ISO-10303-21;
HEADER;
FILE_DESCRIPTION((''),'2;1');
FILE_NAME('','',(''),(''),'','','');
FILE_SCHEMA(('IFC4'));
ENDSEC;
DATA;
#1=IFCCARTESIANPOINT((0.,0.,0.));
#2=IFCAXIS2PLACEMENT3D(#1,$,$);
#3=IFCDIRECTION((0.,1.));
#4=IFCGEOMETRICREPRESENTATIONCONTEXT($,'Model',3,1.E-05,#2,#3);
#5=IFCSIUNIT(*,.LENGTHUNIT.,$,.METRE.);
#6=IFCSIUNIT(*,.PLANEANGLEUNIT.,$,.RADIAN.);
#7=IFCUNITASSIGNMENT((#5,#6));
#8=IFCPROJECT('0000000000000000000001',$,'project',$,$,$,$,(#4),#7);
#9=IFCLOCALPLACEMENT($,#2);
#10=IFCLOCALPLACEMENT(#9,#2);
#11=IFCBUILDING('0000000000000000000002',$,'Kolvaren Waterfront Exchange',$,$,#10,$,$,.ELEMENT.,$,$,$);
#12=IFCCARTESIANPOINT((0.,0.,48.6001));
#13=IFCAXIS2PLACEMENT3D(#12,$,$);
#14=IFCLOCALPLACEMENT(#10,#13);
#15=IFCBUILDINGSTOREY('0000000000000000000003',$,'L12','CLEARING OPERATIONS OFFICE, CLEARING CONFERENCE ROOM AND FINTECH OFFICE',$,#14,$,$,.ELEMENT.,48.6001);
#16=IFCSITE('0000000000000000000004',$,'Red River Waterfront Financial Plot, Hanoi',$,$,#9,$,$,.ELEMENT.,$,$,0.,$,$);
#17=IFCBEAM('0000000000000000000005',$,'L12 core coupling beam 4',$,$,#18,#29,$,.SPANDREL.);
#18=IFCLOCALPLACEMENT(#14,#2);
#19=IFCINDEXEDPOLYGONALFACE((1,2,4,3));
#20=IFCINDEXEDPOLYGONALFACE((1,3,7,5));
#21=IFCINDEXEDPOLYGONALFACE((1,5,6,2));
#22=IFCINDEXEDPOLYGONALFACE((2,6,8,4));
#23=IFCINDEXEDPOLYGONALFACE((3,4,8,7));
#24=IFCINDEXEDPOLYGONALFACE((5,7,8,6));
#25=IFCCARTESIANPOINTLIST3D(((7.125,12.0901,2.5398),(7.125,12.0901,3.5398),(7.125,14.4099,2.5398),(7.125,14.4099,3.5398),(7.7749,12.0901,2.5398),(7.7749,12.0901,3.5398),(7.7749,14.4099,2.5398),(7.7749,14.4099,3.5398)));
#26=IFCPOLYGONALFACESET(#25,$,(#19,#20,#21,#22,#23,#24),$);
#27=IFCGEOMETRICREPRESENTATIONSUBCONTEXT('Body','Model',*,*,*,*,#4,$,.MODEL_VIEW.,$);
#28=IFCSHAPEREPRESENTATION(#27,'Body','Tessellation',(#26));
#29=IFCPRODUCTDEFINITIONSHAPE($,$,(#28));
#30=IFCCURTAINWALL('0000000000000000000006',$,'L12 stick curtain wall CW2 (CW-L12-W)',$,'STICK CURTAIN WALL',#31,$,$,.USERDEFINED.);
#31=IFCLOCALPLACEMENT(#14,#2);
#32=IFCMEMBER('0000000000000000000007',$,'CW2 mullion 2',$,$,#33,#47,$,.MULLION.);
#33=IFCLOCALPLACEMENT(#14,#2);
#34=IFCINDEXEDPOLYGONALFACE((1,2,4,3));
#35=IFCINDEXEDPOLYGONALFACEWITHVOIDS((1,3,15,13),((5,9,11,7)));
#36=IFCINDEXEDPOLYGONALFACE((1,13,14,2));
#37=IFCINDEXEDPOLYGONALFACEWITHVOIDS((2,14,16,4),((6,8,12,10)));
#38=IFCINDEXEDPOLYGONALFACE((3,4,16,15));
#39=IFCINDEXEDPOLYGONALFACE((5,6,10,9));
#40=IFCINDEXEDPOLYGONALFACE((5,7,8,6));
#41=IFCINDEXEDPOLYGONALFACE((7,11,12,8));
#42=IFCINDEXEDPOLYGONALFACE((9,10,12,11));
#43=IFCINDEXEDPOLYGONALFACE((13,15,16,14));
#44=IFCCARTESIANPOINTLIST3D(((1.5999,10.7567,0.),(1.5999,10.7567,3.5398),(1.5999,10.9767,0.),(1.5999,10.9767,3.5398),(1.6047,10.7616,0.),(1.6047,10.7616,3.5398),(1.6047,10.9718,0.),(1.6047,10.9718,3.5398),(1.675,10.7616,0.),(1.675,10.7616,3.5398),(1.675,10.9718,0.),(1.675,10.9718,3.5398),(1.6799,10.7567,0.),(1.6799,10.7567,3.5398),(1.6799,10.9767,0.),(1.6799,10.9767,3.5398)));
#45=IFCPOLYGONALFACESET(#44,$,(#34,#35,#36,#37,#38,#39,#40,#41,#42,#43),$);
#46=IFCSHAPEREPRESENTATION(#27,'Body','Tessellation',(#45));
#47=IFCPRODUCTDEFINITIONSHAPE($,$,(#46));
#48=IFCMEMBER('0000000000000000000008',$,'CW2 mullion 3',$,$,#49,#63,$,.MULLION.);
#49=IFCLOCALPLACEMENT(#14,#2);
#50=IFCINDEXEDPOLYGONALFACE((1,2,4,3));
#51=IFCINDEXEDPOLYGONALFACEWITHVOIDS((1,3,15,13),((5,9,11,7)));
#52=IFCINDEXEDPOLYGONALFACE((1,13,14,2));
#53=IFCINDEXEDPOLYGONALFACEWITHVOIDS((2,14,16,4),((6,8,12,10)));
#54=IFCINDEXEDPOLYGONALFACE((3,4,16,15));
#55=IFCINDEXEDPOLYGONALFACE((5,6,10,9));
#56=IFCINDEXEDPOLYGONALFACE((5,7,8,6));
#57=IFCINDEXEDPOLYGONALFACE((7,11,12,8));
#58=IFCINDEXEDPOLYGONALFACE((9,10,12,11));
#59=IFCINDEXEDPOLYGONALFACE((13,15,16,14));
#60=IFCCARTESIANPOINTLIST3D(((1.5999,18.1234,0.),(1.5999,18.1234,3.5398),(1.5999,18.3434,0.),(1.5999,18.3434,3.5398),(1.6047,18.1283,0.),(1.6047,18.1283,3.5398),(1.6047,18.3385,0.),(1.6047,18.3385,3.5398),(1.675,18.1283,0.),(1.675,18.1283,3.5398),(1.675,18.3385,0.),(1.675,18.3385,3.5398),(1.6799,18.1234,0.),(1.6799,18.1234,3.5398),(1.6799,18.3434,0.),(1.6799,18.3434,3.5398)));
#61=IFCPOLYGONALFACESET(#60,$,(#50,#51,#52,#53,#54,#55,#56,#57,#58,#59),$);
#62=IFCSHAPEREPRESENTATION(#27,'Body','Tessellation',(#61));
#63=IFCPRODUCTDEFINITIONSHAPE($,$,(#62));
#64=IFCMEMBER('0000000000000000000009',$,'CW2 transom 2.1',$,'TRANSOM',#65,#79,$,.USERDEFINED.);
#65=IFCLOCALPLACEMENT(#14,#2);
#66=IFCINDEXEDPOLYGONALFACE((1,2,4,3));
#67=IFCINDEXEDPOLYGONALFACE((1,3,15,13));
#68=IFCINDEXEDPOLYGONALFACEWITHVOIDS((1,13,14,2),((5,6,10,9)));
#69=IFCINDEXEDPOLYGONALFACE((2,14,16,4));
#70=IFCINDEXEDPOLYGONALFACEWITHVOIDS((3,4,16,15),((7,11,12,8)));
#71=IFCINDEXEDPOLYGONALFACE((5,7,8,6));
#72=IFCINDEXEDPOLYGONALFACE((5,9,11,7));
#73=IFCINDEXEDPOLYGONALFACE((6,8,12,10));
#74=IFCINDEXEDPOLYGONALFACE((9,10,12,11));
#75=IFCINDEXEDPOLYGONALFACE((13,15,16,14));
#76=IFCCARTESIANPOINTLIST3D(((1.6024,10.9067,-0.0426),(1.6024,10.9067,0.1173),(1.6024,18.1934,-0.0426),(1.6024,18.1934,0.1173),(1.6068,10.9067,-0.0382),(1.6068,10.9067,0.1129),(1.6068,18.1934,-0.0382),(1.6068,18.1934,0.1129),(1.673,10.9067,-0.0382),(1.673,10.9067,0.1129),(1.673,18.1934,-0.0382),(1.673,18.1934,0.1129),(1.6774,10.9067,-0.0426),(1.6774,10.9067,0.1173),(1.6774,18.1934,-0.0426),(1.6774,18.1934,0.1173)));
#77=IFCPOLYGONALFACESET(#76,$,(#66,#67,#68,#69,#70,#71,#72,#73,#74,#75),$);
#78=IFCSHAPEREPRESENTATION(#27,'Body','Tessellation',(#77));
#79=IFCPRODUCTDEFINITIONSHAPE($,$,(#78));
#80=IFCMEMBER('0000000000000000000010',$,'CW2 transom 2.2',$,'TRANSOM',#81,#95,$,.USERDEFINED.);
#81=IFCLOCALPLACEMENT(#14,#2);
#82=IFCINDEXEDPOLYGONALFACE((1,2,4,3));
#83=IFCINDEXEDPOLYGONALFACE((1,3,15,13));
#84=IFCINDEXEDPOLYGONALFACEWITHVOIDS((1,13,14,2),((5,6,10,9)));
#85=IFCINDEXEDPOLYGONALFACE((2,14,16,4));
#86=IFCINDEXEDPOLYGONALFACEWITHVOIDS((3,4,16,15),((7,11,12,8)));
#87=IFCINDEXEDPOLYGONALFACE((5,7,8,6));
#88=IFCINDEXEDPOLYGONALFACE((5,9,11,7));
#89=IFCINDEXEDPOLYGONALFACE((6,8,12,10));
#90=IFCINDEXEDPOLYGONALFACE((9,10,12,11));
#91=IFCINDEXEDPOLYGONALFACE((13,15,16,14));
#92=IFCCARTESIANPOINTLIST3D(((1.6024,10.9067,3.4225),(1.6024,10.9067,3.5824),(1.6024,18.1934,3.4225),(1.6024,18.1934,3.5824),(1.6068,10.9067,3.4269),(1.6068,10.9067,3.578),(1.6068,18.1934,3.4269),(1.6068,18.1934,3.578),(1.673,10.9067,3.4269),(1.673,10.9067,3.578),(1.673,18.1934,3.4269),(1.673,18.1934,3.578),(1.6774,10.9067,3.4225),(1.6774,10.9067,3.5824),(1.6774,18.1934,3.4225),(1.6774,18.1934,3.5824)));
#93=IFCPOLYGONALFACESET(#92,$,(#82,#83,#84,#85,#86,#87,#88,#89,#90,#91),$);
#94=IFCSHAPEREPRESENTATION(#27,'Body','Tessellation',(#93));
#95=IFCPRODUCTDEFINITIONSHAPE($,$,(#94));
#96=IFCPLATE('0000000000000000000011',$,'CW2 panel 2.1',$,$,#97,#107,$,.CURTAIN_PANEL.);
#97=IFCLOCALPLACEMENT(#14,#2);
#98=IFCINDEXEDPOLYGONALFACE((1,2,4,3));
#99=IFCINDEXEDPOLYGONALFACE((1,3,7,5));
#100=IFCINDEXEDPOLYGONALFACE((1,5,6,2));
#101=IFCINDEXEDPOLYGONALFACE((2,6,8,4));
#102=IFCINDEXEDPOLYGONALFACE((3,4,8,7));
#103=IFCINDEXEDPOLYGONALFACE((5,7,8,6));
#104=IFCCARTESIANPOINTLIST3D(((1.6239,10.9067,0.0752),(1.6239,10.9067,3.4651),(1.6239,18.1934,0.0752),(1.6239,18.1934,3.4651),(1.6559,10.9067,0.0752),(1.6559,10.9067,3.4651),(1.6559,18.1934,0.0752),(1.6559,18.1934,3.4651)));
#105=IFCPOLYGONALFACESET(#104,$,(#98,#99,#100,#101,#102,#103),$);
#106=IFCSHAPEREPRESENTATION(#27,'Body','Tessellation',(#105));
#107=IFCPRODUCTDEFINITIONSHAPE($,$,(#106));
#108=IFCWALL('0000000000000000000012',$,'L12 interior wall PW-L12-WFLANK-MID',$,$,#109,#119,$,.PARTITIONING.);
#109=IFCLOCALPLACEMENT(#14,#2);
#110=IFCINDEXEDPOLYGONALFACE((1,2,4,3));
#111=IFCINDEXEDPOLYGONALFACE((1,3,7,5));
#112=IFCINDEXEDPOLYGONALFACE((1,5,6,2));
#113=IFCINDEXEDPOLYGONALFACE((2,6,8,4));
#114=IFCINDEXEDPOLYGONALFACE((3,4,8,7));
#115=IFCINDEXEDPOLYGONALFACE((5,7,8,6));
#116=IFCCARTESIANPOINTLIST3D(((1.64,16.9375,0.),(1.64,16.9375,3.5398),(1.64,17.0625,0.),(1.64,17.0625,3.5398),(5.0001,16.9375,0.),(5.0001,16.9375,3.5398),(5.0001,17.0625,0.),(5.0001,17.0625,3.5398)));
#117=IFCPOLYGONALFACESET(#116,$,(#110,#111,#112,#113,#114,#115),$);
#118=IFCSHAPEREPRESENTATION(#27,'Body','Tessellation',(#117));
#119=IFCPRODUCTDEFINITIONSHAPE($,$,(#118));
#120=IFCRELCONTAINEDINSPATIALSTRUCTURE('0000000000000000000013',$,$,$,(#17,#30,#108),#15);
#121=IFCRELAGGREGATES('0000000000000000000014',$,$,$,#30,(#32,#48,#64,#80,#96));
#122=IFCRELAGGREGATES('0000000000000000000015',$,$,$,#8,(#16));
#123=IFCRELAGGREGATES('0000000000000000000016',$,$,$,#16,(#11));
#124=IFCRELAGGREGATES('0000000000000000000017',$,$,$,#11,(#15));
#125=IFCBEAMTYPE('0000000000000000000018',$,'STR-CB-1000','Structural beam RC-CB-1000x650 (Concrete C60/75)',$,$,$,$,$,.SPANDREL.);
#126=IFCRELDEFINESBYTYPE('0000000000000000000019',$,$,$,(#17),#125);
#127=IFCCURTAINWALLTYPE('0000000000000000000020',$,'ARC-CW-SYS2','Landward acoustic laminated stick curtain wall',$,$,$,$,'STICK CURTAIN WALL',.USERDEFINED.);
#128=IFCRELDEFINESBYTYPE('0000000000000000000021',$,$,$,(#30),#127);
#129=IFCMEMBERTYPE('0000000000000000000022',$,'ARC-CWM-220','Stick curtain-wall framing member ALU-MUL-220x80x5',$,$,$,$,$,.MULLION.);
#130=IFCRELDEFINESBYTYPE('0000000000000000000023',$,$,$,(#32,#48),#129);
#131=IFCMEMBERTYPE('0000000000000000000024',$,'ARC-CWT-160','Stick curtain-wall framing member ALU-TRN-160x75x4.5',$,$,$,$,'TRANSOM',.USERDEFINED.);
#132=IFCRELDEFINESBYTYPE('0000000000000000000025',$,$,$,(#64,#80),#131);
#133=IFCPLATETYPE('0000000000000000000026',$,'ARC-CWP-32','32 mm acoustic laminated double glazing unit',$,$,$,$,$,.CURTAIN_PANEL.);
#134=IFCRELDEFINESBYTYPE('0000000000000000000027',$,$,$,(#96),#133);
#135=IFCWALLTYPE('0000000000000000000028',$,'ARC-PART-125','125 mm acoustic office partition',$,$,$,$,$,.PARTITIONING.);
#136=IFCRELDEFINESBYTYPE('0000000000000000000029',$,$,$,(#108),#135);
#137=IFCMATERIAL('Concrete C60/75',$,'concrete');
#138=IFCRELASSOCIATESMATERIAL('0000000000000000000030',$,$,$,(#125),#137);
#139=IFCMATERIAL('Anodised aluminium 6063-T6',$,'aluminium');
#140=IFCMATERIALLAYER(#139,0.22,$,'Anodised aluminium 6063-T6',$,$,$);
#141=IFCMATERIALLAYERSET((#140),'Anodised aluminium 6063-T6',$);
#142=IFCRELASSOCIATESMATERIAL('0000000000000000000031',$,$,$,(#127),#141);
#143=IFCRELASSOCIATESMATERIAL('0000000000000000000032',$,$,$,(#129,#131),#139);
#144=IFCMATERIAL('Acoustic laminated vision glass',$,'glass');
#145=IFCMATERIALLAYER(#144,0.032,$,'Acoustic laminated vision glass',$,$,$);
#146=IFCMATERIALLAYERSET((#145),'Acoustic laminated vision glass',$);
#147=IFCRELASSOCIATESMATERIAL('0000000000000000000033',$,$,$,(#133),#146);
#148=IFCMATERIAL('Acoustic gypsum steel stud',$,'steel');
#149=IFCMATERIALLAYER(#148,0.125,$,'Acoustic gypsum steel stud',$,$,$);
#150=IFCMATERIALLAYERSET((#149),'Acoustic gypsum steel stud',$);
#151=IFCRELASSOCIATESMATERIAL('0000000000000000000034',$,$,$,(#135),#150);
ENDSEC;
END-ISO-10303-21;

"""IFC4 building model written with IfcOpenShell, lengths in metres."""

from ifc_helpers import new_model, si_unit, direction, frame, frame_2d, origin, origin_with_axes, origin_2d, place, context, subcontext, project, spatial, rectangle, hollow_rectangle, extrude, source, transform, mapped, material, layer, layer_set, material_profile, profile_set, type_object, element, aggregate, save


model = new_model("IFC4")

# Units and contexts
model_context = context("Model", 3, precision=1e-05, world=origin(), true_north=direction((0.0, 1.0)))
body_context = subcontext(model_context, "Body", "Model", "MODEL_VIEW")
ifc_project = project(units=[si_unit("LENGTHUNIT", "METRE"), si_unit("PLANEANGLEUNIT", "RADIAN")], contexts=[model_context])

# Site, building, storey
site_placement = place(None, origin())
site = spatial("IfcSite", under=ifc_project, at=site_placement, Name="Red River Waterfront Financial Plot, Hanoi", CompositionType="ELEMENT", RefElevation=0.0)
building_placement = place(site_placement, origin())
building = spatial("IfcBuilding", under=site, at=building_placement, Name="Kolvaren Waterfront Exchange", CompositionType="ELEMENT")
storey_placement = place(building_placement, frame((0.0, 0.0, 48.6001)))
storey = spatial("IfcBuildingStorey", under=building, at=storey_placement, Name="L12", Description="CLEARING OPERATIONS OFFICE, CLEARING CONFERENCE ROOM AND FINTECH OFFICE", CompositionType="ELEMENT", Elevation=48.6001)

# Beam
ifc_material_1 = material(Name="Concrete C60/75", Category="concrete")
ifc_material_profile_1 = material_profile(ifc_material_1, rectangle(XDim=0.6499, YDim=1.0, at=origin_2d()), Name="RC-CB-1000x650")
ifc_profile_set_1 = profile_set([ifc_material_profile_1], Name="Concrete C60/75")
beam_type = type_object("IfcBeamType", Name="STR-CB-1000", Description="Structural beam RC-CB-1000x650 (Concrete C60/75)", PredefinedType="SPANDREL", material=ifc_profile_set_1)
beam_placement = place(storey_placement, frame((7.45, 12.0901, 3.0398), z_axis=(0.0, 1.0, 0.0), x_axis=(-1.0, 0.0, 0.0)))
element("IfcBeam", 1, at=beam_placement, inside=storey, type_object=beam_type, Name="L12 core coupling beam 4", PredefinedType="SPANDREL", context=body_context, shape_type="SweptSolid", body=[
    extrude(rectangle(XDim=0.6499, YDim=1.0, at=origin_2d()), origin(), (0.0, 0.0, 1.0), 2.3198),
])

# Curtain wall, members, plate
ifc_material_2 = material(Name="Anodised aluminium 6063-T6", Category="aluminium")
ifc_layer_1 = layer(ifc_material_2, 0.22, Name="Anodised aluminium 6063-T6")
ifc_layer_set_1 = layer_set([ifc_layer_1], Name="Anodised aluminium 6063-T6")
curtain_wall_type = type_object("IfcCurtainWallType", Name="ARC-CW-SYS2", Description="Landward acoustic laminated stick curtain wall", ElementType="STICK CURTAIN WALL", PredefinedType="USERDEFINED", material=ifc_layer_set_1)
curtain_wall_placement = place(storey_placement, origin())
curtain_wall = element("IfcCurtainWall", 2, at=curtain_wall_placement, inside=storey, type_object=curtain_wall_type, Name="L12 stick curtain wall CW2 (CW-L12-W)", ObjectType="STICK CURTAIN WALL", PredefinedType="USERDEFINED")
ifc_material_profile_2 = material_profile(ifc_material_2, hollow_rectangle(XDim=0.0801, YDim=0.22, WallThickness=0.0049, at=origin_2d()), Name="ALU-MUL-220x80x5")
ifc_profile_set_2 = profile_set([ifc_material_profile_2], Name="Anodised aluminium 6063-T6")
member_type_1 = type_object("IfcMemberType", Name="ARC-CWM-220", Description="Stick curtain-wall framing member ALU-MUL-220x80x5", PredefinedType="MULLION", material=ifc_profile_set_2)
shared_shape_1 = source(origin_with_axes(), body_context, "Body", "SweptSolid", [
    extrude(hollow_rectangle(XDim=0.0801, YDim=0.22, WallThickness=0.0049, at=origin_2d()), origin(), (0.0, 0.0, 1.0), 3.5398),
])
member_1_placement = place(storey_placement, frame((1.6399, 10.8667, 0.0), z_axis=(0.0, 0.0, 1.0), x_axis=(-1.0, 0.0, 0.0)))
member_1 = element("IfcMember", 3, at=member_1_placement, type_object=member_type_1, Name="CW2 mullion 2", PredefinedType="MULLION", context=body_context, shape_type="MappedRepresentation", body=[
    mapped(shared_shape_1, transform((0.0, 0.0, 0.0), x_axis=(1.0, 0.0, 0.0), y_axis=(0.0, 1.0, 0.0), z_axis=(0.0, 0.0, 1.0), scale=1.0)),
])
member_2_placement = place(storey_placement, frame((1.6399, 18.2334, 0.0), z_axis=(0.0, 0.0, 1.0), x_axis=(-1.0, 0.0, 0.0)))
member_2 = element("IfcMember", 4, at=member_2_placement, type_object=member_type_1, Name="CW2 mullion 3", PredefinedType="MULLION", context=body_context, shape_type="MappedRepresentation", body=[
    mapped(shared_shape_1, transform((0.0, 0.0, 0.0), x_axis=(1.0, 0.0, 0.0), y_axis=(0.0, 1.0, 0.0), z_axis=(0.0, 0.0, 1.0), scale=1.0)),
])
ifc_material_profile_3 = material_profile(ifc_material_2, hollow_rectangle(XDim=0.075, YDim=0.1599, WallThickness=0.0044, at=origin_2d()), Name="ALU-TRN-160x75x4.5")
ifc_profile_set_3 = profile_set([ifc_material_profile_3], Name="Anodised aluminium 6063-T6")
member_type_2 = type_object("IfcMemberType", Name="ARC-CWT-160", Description="Stick curtain-wall framing member ALU-TRN-160x75x4.5", ElementType="TRANSOM", PredefinedType="USERDEFINED", material=ifc_profile_set_3)
shared_shape_2 = source(origin_with_axes(), body_context, "Body", "SweptSolid", [
    extrude(hollow_rectangle(XDim=0.075, YDim=0.1599, WallThickness=0.0044, at=origin_2d()), origin(), (0.0, 0.0, 1.0), 7.2866),
])
member_3_placement = place(storey_placement, frame((1.6399, 10.9067, 0.0374), z_axis=(0.0, 1.0, 0.0), x_axis=(-1.0, 0.0, 0.0)))
member_3 = element("IfcMember", 5, at=member_3_placement, type_object=member_type_2, Name="CW2 transom 2.1", ObjectType="TRANSOM", PredefinedType="USERDEFINED", context=body_context, shape_type="MappedRepresentation", body=[
    mapped(shared_shape_2, transform((0.0, 0.0, 0.0), x_axis=(1.0, 0.0, 0.0), y_axis=(0.0, 1.0, 0.0), z_axis=(0.0, 0.0, 1.0), scale=1.0)),
])
member_4_placement = place(storey_placement, frame((1.6399, 10.9067, 3.5024), z_axis=(0.0, 1.0, 0.0), x_axis=(-1.0, 0.0, 0.0)))
member_4 = element("IfcMember", 6, at=member_4_placement, type_object=member_type_2, Name="CW2 transom 2.2", ObjectType="TRANSOM", PredefinedType="USERDEFINED", context=body_context, shape_type="MappedRepresentation", body=[
    mapped(shared_shape_2, transform((0.0, 0.0, 0.0), x_axis=(1.0, 0.0, 0.0), y_axis=(0.0, 1.0, 0.0), z_axis=(0.0, 0.0, 1.0), scale=1.0)),
])
ifc_material_3 = material(Name="Acoustic laminated vision glass", Category="glass")
ifc_layer_2 = layer(ifc_material_3, 0.032, Name="Acoustic laminated vision glass")
ifc_layer_set_2 = layer_set([ifc_layer_2], Name="Acoustic laminated vision glass")
plate_type = type_object("IfcPlateType", Name="ARC-CWP-32", Description="32 mm acoustic laminated double glazing unit", PredefinedType="CURTAIN_PANEL", material=ifc_layer_set_2)
shared_shape_3 = source(origin_with_axes(), body_context, "Body", "SweptSolid", [
    extrude(rectangle(XDim=7.2866, YDim=0.032, at=origin_2d()), origin(), (0.0, 0.0, 1.0), 3.3899),
])
plate_placement = place(storey_placement, frame((1.6399, 14.55, 0.0752), z_axis=(0.0, 0.0, 1.0), x_axis=(0.0, 1.0, 0.0)))
plate = element("IfcPlate", 7, at=plate_placement, type_object=plate_type, Name="CW2 panel 2.1", PredefinedType="CURTAIN_PANEL", context=body_context, shape_type="MappedRepresentation", body=[
    mapped(shared_shape_3, transform((0.0, 0.0, 0.0), x_axis=(1.0, 0.0, 0.0), y_axis=(0.0, 1.0, 0.0), z_axis=(0.0, 0.0, 1.0), scale=1.0)),
])
aggregate(curtain_wall, [member_1, member_2, member_3, member_4, plate])

# Wall
ifc_material_4 = material(Name="Acoustic gypsum steel stud", Category="steel")
ifc_layer_3 = layer(ifc_material_4, 0.125, Name="Acoustic gypsum steel stud")
ifc_layer_set_3 = layer_set([ifc_layer_3], Name="Acoustic gypsum steel stud")
wall_type_1 = type_object("IfcWallType", Name="ARC-PART-125", Description="125 mm acoustic office partition", PredefinedType="PARTITIONING", material=ifc_layer_set_3)
wall_1_placement = place(storey_placement, frame((1.6399, 17.0, 0.0), z_axis=(0.0, 0.0, 1.0), x_axis=(1.0, 0.0, 0.0)))
element("IfcWall", 8, at=wall_1_placement, inside=storey, type_object=wall_type_1, Name="L12 interior wall PW-L12-WFLANK-MID", PredefinedType="PARTITIONING", context=body_context, shape_type="SweptSolid", body=[
    extrude(rectangle(XDim=3.3601, YDim=0.125, at=frame_2d((1.6802, 0.0))), origin(), (0.0, 0.0, 1.0), 3.5398),
])

save(model, "model.ifc")
